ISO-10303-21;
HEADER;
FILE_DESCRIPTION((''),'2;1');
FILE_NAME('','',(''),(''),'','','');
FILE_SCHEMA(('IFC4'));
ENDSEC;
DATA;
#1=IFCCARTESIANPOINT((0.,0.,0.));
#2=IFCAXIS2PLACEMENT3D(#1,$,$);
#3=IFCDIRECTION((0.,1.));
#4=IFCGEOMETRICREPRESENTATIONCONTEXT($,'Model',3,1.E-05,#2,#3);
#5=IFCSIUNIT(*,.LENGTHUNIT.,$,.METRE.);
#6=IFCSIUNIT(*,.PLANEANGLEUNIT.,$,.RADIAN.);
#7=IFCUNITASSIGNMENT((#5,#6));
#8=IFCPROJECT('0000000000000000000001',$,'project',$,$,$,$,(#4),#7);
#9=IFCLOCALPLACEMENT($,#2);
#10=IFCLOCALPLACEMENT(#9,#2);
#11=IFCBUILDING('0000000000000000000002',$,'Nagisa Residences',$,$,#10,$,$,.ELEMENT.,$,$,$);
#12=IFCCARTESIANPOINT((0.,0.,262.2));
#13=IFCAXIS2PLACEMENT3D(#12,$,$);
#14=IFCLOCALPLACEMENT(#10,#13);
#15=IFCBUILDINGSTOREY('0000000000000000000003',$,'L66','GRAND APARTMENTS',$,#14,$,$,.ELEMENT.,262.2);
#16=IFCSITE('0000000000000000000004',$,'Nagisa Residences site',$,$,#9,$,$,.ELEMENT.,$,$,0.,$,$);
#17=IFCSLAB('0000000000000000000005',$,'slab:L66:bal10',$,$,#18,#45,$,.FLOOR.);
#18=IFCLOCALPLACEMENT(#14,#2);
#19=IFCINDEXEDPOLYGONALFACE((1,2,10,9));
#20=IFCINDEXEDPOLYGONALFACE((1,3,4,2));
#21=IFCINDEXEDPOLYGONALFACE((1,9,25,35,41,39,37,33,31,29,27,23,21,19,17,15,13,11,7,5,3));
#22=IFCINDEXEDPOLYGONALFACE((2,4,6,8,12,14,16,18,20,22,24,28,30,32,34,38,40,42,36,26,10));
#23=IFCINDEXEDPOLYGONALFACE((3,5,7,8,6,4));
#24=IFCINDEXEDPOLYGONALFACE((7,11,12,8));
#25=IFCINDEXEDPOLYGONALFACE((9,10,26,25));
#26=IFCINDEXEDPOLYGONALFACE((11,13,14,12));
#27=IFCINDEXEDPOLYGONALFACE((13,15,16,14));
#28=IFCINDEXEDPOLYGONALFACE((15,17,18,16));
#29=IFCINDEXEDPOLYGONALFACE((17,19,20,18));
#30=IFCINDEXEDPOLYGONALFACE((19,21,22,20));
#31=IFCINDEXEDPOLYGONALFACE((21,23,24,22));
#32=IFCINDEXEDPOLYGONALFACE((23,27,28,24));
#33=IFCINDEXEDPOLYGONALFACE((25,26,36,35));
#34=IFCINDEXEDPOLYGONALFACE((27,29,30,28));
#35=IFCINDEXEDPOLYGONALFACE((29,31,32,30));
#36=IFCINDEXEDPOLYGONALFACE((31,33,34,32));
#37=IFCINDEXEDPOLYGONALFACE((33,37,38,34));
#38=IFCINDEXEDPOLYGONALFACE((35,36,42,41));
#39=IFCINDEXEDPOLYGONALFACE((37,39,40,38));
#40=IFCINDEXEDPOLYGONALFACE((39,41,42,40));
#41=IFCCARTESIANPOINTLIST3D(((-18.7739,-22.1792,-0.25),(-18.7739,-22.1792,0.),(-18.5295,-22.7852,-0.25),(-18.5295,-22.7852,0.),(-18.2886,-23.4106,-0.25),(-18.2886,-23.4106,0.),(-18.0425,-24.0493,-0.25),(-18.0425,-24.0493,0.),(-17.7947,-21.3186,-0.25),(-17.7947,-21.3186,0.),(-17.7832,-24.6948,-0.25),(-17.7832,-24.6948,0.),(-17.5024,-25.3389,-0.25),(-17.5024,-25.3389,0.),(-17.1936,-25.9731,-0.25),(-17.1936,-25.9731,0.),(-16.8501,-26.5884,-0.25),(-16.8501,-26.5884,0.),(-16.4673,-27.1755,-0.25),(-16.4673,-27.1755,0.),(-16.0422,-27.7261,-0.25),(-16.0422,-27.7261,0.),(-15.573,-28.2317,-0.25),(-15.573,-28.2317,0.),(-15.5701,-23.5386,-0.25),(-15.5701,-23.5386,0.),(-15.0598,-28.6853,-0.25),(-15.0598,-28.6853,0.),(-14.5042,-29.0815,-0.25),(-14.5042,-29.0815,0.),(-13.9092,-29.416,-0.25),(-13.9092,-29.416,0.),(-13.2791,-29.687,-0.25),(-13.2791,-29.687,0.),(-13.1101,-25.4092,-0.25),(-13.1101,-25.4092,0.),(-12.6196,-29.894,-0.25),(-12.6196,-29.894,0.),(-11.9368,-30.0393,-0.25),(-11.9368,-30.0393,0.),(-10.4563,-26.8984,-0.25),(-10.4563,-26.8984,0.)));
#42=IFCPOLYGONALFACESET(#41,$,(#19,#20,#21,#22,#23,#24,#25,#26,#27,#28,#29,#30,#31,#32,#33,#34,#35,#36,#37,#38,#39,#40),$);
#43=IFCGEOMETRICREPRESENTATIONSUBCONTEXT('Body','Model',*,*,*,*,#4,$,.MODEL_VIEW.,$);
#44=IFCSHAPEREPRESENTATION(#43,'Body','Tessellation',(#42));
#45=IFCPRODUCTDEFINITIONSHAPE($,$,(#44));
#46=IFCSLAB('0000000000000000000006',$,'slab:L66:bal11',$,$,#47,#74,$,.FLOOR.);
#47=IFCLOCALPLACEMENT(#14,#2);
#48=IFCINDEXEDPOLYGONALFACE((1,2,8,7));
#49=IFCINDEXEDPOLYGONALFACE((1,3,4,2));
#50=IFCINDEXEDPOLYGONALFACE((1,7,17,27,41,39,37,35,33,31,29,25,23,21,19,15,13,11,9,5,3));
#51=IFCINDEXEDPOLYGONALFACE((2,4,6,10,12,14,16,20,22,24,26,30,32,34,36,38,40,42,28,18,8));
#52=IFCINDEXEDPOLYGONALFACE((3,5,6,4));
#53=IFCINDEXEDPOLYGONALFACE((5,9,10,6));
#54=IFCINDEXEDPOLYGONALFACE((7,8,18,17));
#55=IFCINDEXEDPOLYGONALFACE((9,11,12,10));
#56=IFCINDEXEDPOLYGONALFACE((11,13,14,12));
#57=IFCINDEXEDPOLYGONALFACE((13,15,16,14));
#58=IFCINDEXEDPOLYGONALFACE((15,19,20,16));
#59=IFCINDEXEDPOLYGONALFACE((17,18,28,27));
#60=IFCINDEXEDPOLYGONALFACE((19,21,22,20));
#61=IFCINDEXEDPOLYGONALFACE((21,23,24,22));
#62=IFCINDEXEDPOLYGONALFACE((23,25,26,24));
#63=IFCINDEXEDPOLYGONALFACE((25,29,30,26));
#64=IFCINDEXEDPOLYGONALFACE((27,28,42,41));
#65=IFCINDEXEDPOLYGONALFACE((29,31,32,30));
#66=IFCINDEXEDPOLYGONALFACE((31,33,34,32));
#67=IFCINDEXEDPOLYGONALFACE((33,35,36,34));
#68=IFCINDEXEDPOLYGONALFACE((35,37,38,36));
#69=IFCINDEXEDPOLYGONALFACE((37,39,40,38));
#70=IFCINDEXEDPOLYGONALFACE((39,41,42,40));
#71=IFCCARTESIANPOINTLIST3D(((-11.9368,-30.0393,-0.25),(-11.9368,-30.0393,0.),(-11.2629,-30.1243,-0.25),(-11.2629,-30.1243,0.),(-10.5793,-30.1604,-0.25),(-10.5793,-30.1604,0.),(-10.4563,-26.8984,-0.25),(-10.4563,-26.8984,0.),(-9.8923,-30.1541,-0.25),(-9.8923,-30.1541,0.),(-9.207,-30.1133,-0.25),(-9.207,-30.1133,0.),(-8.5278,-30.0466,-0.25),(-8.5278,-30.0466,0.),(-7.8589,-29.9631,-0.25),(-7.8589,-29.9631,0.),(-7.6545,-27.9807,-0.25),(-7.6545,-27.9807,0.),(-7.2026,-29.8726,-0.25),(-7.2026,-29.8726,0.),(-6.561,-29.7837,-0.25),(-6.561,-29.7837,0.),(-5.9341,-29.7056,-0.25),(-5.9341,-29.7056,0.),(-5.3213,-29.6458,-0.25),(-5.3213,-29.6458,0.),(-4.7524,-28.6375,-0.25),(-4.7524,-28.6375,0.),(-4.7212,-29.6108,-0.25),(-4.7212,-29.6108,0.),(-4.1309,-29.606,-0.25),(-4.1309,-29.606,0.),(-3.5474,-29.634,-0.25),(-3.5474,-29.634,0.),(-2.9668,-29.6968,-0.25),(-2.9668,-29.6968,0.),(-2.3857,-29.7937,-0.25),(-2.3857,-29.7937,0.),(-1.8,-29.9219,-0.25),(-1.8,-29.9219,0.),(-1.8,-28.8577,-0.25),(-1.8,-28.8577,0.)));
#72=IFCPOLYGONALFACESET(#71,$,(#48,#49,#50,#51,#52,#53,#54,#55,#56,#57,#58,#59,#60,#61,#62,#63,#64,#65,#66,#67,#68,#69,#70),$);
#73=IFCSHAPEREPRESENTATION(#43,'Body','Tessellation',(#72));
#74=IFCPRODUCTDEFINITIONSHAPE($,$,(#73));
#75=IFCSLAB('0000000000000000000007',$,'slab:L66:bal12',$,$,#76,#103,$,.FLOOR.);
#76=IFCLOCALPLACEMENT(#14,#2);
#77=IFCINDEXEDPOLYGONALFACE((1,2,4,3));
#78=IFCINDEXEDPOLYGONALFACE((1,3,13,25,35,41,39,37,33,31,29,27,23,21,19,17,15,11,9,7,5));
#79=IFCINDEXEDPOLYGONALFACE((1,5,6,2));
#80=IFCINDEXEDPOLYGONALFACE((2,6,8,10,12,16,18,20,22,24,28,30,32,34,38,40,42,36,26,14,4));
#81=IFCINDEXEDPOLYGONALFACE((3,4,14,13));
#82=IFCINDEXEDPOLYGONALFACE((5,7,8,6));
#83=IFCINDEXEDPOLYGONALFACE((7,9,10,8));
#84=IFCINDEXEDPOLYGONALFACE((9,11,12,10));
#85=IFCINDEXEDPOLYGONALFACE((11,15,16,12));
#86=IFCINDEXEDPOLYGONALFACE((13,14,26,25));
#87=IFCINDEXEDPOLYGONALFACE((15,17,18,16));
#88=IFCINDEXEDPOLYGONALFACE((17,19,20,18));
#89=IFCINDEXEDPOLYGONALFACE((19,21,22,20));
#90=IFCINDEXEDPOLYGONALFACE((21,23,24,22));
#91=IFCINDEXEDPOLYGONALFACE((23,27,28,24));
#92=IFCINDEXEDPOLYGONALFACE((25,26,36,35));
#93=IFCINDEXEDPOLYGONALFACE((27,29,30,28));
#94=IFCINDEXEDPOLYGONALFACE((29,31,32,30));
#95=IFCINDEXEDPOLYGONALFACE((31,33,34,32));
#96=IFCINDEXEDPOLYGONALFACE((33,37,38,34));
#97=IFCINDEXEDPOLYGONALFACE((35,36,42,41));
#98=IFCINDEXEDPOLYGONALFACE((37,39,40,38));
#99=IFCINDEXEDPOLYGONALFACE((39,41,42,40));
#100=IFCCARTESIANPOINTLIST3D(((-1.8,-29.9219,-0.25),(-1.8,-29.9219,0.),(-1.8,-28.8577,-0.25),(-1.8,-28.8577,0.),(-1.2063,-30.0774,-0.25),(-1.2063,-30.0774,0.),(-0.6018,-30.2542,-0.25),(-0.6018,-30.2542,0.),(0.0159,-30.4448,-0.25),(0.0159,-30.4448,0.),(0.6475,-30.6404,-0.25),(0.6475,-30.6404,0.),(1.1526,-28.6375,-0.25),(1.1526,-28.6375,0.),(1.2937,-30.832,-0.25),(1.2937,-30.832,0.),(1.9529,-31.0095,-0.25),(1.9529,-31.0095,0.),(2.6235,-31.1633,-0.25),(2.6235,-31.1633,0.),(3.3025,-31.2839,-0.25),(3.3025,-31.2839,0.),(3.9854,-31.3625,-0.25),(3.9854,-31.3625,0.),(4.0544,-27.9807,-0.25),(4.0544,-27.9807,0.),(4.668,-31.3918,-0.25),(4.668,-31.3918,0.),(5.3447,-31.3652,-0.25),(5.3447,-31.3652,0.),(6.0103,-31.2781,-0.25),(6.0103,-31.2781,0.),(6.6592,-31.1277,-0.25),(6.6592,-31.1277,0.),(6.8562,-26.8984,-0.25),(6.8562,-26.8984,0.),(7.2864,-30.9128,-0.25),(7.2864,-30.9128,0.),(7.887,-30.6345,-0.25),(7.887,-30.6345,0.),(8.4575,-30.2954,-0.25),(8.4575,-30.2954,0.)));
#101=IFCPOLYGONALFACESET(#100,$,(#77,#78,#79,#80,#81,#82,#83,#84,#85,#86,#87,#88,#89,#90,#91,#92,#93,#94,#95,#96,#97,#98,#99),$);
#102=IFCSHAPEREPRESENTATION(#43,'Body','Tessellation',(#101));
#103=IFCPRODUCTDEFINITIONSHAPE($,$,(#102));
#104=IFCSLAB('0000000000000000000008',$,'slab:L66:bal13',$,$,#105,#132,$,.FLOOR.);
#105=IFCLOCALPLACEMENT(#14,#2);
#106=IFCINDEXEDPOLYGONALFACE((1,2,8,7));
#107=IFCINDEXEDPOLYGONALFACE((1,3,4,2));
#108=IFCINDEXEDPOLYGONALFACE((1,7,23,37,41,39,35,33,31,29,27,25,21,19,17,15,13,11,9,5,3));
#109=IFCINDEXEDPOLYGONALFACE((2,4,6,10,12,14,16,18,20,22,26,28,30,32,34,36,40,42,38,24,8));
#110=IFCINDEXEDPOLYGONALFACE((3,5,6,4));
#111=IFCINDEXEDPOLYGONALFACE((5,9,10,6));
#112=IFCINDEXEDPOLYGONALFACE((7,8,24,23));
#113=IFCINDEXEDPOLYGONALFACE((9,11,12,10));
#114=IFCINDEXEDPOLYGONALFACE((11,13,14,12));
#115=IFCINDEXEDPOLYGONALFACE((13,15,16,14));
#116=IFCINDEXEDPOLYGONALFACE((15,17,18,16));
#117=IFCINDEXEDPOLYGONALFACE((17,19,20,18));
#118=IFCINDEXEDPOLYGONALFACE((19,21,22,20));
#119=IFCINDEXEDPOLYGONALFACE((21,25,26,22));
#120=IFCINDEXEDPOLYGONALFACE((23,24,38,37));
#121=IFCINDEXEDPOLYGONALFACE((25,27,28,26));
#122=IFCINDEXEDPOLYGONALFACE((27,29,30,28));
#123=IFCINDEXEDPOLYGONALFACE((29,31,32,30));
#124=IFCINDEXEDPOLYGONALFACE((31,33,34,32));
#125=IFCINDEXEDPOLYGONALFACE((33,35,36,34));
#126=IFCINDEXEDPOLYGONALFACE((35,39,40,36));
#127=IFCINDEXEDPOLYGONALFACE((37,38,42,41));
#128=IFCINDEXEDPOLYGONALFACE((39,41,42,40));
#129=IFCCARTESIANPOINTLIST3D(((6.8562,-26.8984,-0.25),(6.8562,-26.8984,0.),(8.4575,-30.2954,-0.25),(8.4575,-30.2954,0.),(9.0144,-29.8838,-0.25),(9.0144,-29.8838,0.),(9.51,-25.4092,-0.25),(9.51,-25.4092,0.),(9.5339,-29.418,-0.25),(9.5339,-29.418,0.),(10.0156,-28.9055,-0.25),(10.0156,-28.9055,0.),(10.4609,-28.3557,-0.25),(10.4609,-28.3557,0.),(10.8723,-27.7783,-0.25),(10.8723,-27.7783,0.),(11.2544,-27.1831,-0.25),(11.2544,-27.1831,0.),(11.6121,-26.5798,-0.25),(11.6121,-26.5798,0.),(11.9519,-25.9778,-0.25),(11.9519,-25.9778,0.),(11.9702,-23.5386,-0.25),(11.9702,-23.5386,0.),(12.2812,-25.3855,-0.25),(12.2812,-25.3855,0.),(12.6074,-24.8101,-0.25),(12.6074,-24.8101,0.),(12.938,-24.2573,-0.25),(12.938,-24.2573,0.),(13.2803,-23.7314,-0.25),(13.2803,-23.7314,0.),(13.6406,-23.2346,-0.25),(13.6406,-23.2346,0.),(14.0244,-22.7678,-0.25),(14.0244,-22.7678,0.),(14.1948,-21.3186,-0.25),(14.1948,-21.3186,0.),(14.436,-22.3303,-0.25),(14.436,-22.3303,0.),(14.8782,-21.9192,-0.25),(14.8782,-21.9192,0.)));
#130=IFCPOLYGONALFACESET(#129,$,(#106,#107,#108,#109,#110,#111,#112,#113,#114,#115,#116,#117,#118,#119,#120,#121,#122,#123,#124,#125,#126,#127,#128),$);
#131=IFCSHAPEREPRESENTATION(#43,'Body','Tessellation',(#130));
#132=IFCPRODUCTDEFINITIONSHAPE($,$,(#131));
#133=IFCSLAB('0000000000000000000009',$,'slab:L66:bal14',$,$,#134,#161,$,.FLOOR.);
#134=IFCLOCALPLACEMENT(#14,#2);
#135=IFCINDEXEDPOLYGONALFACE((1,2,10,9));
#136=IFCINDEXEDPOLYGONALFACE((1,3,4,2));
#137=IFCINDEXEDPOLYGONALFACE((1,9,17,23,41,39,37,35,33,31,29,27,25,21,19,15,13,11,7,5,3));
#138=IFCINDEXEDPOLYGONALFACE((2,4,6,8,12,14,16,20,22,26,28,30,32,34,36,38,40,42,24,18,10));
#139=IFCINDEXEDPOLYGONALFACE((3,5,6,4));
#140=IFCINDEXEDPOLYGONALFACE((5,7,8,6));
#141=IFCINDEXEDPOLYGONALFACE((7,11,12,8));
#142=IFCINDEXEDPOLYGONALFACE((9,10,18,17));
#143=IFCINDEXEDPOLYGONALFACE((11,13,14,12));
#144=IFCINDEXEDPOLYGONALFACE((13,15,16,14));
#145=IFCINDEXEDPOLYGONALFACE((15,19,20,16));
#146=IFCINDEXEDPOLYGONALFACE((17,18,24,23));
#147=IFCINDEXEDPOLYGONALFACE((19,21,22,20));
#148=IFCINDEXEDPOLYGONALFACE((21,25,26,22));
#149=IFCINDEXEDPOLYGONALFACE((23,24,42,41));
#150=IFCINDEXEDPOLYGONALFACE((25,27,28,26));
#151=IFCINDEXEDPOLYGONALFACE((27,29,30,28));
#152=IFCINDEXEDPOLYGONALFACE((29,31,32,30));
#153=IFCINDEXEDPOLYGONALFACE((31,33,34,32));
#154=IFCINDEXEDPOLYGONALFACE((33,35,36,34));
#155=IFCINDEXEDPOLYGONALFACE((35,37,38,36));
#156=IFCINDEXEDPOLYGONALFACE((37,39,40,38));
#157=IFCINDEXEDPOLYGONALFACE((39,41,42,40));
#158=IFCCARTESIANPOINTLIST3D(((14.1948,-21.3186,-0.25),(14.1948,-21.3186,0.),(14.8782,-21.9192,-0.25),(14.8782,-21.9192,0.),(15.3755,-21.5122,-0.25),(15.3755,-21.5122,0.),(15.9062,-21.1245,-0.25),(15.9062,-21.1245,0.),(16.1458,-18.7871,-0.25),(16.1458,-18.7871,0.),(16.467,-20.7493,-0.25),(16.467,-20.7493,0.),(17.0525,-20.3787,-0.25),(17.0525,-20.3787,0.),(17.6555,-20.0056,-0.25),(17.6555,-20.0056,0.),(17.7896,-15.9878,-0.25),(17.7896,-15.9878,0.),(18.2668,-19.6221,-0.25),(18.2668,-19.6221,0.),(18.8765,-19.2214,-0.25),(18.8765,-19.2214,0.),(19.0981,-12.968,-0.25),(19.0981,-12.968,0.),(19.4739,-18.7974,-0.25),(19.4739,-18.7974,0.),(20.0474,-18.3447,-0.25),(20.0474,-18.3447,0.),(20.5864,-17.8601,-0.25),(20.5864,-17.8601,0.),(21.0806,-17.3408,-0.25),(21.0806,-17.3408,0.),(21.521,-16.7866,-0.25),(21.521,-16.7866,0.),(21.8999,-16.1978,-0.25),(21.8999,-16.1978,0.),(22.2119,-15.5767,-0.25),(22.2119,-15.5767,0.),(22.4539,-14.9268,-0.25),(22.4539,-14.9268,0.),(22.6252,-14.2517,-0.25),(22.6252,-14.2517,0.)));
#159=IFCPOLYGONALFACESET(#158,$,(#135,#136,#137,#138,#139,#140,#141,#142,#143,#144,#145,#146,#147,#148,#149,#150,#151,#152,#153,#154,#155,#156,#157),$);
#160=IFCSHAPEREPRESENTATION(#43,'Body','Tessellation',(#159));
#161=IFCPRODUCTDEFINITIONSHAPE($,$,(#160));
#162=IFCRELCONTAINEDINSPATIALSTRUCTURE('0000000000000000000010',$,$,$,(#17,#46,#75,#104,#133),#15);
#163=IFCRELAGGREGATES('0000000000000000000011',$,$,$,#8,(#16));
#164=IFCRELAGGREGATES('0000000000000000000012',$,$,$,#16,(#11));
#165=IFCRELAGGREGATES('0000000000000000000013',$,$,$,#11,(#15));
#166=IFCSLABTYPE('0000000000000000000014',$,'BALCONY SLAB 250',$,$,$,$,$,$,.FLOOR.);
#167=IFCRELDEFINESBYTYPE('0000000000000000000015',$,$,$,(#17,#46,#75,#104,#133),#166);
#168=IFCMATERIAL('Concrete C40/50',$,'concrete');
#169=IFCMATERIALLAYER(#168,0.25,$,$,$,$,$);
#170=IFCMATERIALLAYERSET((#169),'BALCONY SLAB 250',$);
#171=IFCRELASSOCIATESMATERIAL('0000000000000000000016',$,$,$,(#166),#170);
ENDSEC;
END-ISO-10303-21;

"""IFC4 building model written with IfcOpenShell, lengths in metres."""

from ifc_helpers import new_model, si_unit, direction, frame, origin, place, context, subcontext, project, spatial, polyline, outline, extrude, material, layer, layer_set, type_object, element, save


model = new_model("IFC4")

# Units and contexts
model_context = context("Model", 3, precision=1e-05, world=origin(), true_north=direction((0.0, 1.0)))
body_context = subcontext(model_context, "Body", "Model", "MODEL_VIEW")
ifc_project = project(units=[si_unit("LENGTHUNIT", "METRE"), si_unit("PLANEANGLEUNIT", "RADIAN")], contexts=[model_context])

# Site, building, storey
site_placement = place(None, origin())
site = spatial("IfcSite", under=ifc_project, at=site_placement, Name="Nagisa Residences site", CompositionType="ELEMENT", RefElevation=0.0)
building_placement = place(site_placement, origin())
building = spatial("IfcBuilding", under=site, at=building_placement, Name="Nagisa Residences", CompositionType="ELEMENT")
storey_placement = place(building_placement, frame((0.0, 0.0, 262.2)))
storey = spatial("IfcBuildingStorey", under=building, at=storey_placement, Name="L66", Description="GRAND APARTMENTS", CompositionType="ELEMENT", Elevation=262.2)

# Slabs
ifc_material_1 = material(Name="Concrete C40/50", Category="concrete")
ifc_layer_1 = layer(ifc_material_1, 0.25)
ifc_layer_set_1 = layer_set([ifc_layer_1], Name="BALCONY SLAB 250")
slab_type = type_object("IfcSlabType", Name="BALCONY SLAB 250", PredefinedType="FLOOR", material=ifc_layer_set_1)
slab_1_placement = place(storey_placement, frame((0.0, 0.0, -0.25)))
element("IfcSlab", 1, at=slab_1_placement, inside=storey, type_object=slab_type, Name="slab:L66:bal10", PredefinedType="FLOOR", context=body_context, shape_type="SweptSolid", body=[
    extrude(outline(polyline([(-18.7739, -22.1792), (-18.5295, -22.7852), (-18.2886, -23.4106), (-18.0425, -24.0493), (-17.7832, -24.6948), (-17.5024, -25.3389), (-17.1936, -25.9731), (-16.8501, -26.5884), (-16.4673, -27.1755), (-16.0422, -27.7261), (-15.573, -28.2317), (-15.0598, -28.6853), (-14.5042, -29.0815), (-13.9092, -29.416), (-13.2791, -29.687), (-12.6196, -29.894), (-11.9368, -30.0393), (-10.4563, -26.8984), (-13.1101, -25.4092), (-15.5701, -23.5386), (-17.7947, -21.3186), (-18.7739, -22.1792)])), origin(), (0.0, 0.0, 1.0), 0.25),
])
slab_2_placement = place(storey_placement, frame((0.0, 0.0, -0.25)))
element("IfcSlab", 2, at=slab_2_placement, inside=storey, type_object=slab_type, Name="slab:L66:bal11", PredefinedType="FLOOR", context=body_context, shape_type="SweptSolid", body=[
    extrude(outline(polyline([(-11.9368, -30.0393), (-11.2629, -30.1243), (-10.5793, -30.1604), (-9.8923, -30.1541), (-9.207, -30.1133), (-8.5278, -30.0466), (-7.8589, -29.9631), (-7.2026, -29.8726), (-6.561, -29.7837), (-5.9341, -29.7056), (-5.3213, -29.6458), (-4.7212, -29.6108), (-4.1309, -29.606), (-3.5474, -29.634), (-2.9668, -29.6968), (-2.3857, -29.7937), (-1.8, -29.9219), (-1.8, -28.8577), (-4.7524, -28.6375), (-7.6545, -27.9807), (-10.4563, -26.8984), (-11.9368, -30.0393)])), origin(), (0.0, 0.0, 1.0), 0.25),
])
slab_3_placement = place(storey_placement, frame((0.0, 0.0, -0.25)))
element("IfcSlab", 3, at=slab_3_placement, inside=storey, type_object=slab_type, Name="slab:L66:bal12", PredefinedType="FLOOR", context=body_context, shape_type="SweptSolid", body=[
    extrude(outline(polyline([(-1.8, -29.9219), (-1.2063, -30.0774), (-0.6018, -30.2542), (0.0159, -30.4448), (0.6475, -30.6404), (1.2937, -30.832), (1.9529, -31.0095), (2.6235, -31.1633), (3.3025, -31.2839), (3.9854, -31.3625), (4.668, -31.3918), (5.3447, -31.3652), (6.0103, -31.2781), (6.6592, -31.1277), (7.2864, -30.9128), (7.887, -30.6345), (8.4575, -30.2954), (6.8562, -26.8984), (4.0544, -27.9807), (1.1526, -28.6375), (-1.8, -28.8577), (-1.8, -29.9219)])), origin(), (0.0, 0.0, 1.0), 0.25),
])
slab_4_placement = place(storey_placement, frame((0.0, 0.0, -0.25)))
element("IfcSlab", 4, at=slab_4_placement, inside=storey, type_object=slab_type, Name="slab:L66:bal13", PredefinedType="FLOOR", context=body_context, shape_type="SweptSolid", body=[
    extrude(outline(polyline([(8.4575, -30.2954), (9.0144, -29.8838), (9.5339, -29.418), (10.0156, -28.9055), (10.4609, -28.3557), (10.8723, -27.7783), (11.2544, -27.1831), (11.6121, -26.5798), (11.9519, -25.9778), (12.2812, -25.3855), (12.6074, -24.8101), (12.938, -24.2573), (13.2803, -23.7314), (13.6406, -23.2346), (14.0244, -22.7678), (14.436, -22.3303), (14.8782, -21.9192), (14.1948, -21.3186), (11.9702, -23.5386), (9.51, -25.4092), (6.8562, -26.8984), (8.4575, -30.2954)])), origin(), (0.0, 0.0, 1.0), 0.25),
])
slab_5_placement = place(storey_placement, frame((0.0, 0.0, -0.25)))
element("IfcSlab", 5, at=slab_5_placement, inside=storey, type_object=slab_type, Name="slab:L66:bal14", PredefinedType="FLOOR", context=body_context, shape_type="SweptSolid", body=[
    extrude(outline(polyline([(14.8782, -21.9192), (15.3755, -21.5122), (15.9062, -21.1245), (16.467, -20.7493), (17.0525, -20.3787), (17.6555, -20.0056), (18.2668, -19.6221), (18.8765, -19.2214), (19.4739, -18.7974), (20.0474, -18.3447), (20.5864, -17.8601), (21.0806, -17.3408), (21.521, -16.7866), (21.8999, -16.1978), (22.2119, -15.5767), (22.4539, -14.9268), (22.6252, -14.2517), (19.0981, -12.968), (17.7896, -15.9878), (16.1458, -18.7871), (14.1948, -21.3186), (14.8782, -21.9192)])), origin(), (0.0, 0.0, 1.0), 0.25),
])

save(model, "model.ifc")
